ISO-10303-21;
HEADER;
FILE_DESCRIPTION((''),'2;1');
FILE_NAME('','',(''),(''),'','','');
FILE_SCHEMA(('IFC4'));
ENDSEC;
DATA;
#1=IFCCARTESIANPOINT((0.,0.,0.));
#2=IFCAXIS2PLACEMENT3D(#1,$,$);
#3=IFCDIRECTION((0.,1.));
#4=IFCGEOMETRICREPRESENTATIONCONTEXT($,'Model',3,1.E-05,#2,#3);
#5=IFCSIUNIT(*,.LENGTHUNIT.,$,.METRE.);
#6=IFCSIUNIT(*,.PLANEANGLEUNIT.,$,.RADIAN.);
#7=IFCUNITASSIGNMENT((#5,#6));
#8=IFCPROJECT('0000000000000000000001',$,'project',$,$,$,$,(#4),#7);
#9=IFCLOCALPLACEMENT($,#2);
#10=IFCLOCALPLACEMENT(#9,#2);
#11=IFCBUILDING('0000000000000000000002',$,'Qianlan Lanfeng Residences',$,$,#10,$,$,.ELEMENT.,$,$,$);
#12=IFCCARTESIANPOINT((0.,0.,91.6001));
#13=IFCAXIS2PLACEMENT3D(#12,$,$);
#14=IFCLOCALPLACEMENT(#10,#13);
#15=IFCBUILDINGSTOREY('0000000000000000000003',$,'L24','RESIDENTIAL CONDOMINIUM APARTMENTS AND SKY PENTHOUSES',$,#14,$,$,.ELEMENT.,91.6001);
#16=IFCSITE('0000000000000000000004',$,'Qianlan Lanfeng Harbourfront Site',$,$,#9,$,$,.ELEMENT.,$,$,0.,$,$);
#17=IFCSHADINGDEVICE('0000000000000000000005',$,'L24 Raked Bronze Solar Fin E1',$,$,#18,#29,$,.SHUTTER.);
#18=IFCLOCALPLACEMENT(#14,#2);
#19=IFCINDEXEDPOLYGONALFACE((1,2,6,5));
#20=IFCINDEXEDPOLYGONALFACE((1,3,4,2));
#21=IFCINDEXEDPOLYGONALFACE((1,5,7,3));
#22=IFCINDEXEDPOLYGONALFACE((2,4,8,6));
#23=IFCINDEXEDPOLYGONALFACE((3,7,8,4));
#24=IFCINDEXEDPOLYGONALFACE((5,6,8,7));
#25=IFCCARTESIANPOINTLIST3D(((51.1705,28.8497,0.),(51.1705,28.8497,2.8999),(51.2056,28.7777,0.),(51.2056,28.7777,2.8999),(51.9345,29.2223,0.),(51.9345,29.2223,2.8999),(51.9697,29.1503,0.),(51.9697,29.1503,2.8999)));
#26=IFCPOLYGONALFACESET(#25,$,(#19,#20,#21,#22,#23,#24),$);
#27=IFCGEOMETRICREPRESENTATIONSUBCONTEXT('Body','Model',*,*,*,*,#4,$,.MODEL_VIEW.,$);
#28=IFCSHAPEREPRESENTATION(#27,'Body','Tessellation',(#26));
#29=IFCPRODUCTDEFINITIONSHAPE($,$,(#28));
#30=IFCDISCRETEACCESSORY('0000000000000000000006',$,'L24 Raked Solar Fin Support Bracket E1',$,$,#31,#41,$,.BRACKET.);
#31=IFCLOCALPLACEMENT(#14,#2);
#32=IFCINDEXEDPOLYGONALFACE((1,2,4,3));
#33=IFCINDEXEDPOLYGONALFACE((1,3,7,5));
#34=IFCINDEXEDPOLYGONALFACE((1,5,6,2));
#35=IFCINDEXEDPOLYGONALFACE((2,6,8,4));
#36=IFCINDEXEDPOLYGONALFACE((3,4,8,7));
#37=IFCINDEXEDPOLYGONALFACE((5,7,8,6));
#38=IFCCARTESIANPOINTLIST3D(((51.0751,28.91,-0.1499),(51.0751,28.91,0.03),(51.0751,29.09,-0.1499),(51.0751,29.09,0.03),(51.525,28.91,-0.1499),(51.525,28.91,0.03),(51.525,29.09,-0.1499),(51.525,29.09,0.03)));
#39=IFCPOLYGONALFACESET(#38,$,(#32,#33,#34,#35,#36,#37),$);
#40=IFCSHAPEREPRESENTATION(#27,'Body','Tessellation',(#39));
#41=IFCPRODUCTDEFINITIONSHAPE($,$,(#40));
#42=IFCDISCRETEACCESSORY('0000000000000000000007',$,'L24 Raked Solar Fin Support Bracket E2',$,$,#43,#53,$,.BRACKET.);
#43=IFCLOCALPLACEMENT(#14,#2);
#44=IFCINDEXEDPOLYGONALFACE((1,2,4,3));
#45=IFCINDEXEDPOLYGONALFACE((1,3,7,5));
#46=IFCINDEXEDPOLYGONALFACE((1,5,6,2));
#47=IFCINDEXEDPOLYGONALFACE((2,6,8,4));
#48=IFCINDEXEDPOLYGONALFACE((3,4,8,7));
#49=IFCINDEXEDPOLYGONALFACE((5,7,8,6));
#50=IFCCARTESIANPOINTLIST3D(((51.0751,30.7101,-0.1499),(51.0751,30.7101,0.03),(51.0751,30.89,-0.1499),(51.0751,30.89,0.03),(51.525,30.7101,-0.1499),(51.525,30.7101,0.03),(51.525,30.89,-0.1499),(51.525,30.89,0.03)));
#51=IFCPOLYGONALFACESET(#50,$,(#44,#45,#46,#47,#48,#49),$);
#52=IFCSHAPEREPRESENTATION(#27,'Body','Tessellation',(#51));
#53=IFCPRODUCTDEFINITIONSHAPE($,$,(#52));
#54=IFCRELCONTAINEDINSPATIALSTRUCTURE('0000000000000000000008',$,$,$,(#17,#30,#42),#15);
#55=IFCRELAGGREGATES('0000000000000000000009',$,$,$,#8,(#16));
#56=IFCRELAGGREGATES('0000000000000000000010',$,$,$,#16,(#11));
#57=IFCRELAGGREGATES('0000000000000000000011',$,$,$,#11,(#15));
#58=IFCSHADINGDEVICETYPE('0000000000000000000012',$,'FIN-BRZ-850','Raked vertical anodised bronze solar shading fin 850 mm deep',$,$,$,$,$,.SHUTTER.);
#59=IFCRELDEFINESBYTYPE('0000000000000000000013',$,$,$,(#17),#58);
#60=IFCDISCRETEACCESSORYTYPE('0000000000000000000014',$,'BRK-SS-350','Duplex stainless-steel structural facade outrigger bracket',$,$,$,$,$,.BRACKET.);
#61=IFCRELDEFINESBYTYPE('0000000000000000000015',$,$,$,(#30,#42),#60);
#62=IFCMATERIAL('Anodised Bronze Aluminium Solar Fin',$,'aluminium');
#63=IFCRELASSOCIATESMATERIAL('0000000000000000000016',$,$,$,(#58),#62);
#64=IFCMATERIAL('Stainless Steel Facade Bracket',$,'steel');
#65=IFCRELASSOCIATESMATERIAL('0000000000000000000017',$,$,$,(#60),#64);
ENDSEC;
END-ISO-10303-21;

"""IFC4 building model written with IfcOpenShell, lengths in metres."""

from ifc_helpers import new_model, si_unit, direction, frame, origin, origin_2d, place, context, subcontext, project, spatial, rectangle, extrude, source, transform, mapped, material, type_object, element, save


model = new_model("IFC4")

# Units and contexts
model_context = context("Model", 3, precision=1e-05, world=origin(), true_north=direction((0.0, 1.0)))
body_context = subcontext(model_context, "Body", "Model", "MODEL_VIEW")
ifc_project = project(units=[si_unit("LENGTHUNIT", "METRE"), si_unit("PLANEANGLEUNIT", "RADIAN")], contexts=[model_context])

# Site, building, storey
site_placement = place(None, origin())
site = spatial("IfcSite", under=ifc_project, at=site_placement, Name="Qianlan Lanfeng Harbourfront Site", CompositionType="ELEMENT", RefElevation=0.0)
building_placement = place(site_placement, origin())
building = spatial("IfcBuilding", under=site, at=building_placement, Name="Qianlan Lanfeng Residences", CompositionType="ELEMENT")
storey_placement = place(building_placement, frame((0.0, 0.0, 91.6001)))
storey = spatial("IfcBuildingStorey", under=building, at=storey_placement, Name="L24", Description="RESIDENTIAL CONDOMINIUM APARTMENTS AND SKY PENTHOUSES", CompositionType="ELEMENT", Elevation=91.6001)

# Shading device
ifc_material_1 = material(Name="Anodised Bronze Aluminium Solar Fin", Category="aluminium")
shading_device_type = type_object("IfcShadingDeviceType", Name="FIN-BRZ-850", Description="Raked vertical anodised bronze solar shading fin 850 mm deep", PredefinedType="SHUTTER", material=ifc_material_1)
shared_shape_1 = source(origin(), body_context, "Body", "SweptSolid", [
    extrude(rectangle(XDim=0.8501, YDim=0.0801, at=origin_2d()), origin(), (0.0, 0.0, 1.0), 2.8999),
])
shading_device_placement = place(storey_placement, frame((51.5701, 29.0, 0.0), z_axis=(0.0, 0.0, 1.0), x_axis=(0.898794, 0.438371, 0.0)))
element("IfcShadingDevice", 1, at=shading_device_placement, inside=storey, type_object=shading_device_type, Name="L24 Raked Bronze Solar Fin E1", PredefinedType="SHUTTER", context=body_context, shape_type="MappedRepresentation", body=[
    mapped(shared_shape_1, transform((0.0, 0.0, 0.0), scale=1.0)),
])

# Discrete accessories
ifc_material_2 = material(Name="Stainless Steel Facade Bracket", Category="steel")
discrete_accessory_type = type_object("IfcDiscreteAccessoryType", Name="BRK-SS-350", Description="Duplex stainless-steel structural facade outrigger bracket", PredefinedType="BRACKET", material=ifc_material_2)
shared_shape_2 = source(origin(), body_context, "Body", "SweptSolid", [
    extrude(rectangle(XDim=0.45, YDim=0.1799, at=origin_2d()), origin(), (0.0, 0.0, 1.0), 0.1799),
])
for number, where, z_axis, x_axis, name in (
    (2, (51.3, 29.0, -0.1499), (0.0, 0.0, 1.0), (1.0, 0.0, 0.0), "L24 Raked Solar Fin Support Bracket E1"),
    (3, (51.3, 30.8, -0.1499), (0.0, 0.0, 1.0), (1.0, 0.0, 0.0), "L24 Raked Solar Fin Support Bracket E2"),
):
    element("IfcDiscreteAccessory", number, at=place(storey_placement, frame(where, z_axis=z_axis, x_axis=x_axis)), inside=storey, type_object=discrete_accessory_type, Name=name, PredefinedType="BRACKET", context=body_context, shape_type="MappedRepresentation", body=[
        mapped(shared_shape_2, transform((0.0, 0.0, 0.0), scale=1.0)),
    ])

save(model, "model.ifc")
